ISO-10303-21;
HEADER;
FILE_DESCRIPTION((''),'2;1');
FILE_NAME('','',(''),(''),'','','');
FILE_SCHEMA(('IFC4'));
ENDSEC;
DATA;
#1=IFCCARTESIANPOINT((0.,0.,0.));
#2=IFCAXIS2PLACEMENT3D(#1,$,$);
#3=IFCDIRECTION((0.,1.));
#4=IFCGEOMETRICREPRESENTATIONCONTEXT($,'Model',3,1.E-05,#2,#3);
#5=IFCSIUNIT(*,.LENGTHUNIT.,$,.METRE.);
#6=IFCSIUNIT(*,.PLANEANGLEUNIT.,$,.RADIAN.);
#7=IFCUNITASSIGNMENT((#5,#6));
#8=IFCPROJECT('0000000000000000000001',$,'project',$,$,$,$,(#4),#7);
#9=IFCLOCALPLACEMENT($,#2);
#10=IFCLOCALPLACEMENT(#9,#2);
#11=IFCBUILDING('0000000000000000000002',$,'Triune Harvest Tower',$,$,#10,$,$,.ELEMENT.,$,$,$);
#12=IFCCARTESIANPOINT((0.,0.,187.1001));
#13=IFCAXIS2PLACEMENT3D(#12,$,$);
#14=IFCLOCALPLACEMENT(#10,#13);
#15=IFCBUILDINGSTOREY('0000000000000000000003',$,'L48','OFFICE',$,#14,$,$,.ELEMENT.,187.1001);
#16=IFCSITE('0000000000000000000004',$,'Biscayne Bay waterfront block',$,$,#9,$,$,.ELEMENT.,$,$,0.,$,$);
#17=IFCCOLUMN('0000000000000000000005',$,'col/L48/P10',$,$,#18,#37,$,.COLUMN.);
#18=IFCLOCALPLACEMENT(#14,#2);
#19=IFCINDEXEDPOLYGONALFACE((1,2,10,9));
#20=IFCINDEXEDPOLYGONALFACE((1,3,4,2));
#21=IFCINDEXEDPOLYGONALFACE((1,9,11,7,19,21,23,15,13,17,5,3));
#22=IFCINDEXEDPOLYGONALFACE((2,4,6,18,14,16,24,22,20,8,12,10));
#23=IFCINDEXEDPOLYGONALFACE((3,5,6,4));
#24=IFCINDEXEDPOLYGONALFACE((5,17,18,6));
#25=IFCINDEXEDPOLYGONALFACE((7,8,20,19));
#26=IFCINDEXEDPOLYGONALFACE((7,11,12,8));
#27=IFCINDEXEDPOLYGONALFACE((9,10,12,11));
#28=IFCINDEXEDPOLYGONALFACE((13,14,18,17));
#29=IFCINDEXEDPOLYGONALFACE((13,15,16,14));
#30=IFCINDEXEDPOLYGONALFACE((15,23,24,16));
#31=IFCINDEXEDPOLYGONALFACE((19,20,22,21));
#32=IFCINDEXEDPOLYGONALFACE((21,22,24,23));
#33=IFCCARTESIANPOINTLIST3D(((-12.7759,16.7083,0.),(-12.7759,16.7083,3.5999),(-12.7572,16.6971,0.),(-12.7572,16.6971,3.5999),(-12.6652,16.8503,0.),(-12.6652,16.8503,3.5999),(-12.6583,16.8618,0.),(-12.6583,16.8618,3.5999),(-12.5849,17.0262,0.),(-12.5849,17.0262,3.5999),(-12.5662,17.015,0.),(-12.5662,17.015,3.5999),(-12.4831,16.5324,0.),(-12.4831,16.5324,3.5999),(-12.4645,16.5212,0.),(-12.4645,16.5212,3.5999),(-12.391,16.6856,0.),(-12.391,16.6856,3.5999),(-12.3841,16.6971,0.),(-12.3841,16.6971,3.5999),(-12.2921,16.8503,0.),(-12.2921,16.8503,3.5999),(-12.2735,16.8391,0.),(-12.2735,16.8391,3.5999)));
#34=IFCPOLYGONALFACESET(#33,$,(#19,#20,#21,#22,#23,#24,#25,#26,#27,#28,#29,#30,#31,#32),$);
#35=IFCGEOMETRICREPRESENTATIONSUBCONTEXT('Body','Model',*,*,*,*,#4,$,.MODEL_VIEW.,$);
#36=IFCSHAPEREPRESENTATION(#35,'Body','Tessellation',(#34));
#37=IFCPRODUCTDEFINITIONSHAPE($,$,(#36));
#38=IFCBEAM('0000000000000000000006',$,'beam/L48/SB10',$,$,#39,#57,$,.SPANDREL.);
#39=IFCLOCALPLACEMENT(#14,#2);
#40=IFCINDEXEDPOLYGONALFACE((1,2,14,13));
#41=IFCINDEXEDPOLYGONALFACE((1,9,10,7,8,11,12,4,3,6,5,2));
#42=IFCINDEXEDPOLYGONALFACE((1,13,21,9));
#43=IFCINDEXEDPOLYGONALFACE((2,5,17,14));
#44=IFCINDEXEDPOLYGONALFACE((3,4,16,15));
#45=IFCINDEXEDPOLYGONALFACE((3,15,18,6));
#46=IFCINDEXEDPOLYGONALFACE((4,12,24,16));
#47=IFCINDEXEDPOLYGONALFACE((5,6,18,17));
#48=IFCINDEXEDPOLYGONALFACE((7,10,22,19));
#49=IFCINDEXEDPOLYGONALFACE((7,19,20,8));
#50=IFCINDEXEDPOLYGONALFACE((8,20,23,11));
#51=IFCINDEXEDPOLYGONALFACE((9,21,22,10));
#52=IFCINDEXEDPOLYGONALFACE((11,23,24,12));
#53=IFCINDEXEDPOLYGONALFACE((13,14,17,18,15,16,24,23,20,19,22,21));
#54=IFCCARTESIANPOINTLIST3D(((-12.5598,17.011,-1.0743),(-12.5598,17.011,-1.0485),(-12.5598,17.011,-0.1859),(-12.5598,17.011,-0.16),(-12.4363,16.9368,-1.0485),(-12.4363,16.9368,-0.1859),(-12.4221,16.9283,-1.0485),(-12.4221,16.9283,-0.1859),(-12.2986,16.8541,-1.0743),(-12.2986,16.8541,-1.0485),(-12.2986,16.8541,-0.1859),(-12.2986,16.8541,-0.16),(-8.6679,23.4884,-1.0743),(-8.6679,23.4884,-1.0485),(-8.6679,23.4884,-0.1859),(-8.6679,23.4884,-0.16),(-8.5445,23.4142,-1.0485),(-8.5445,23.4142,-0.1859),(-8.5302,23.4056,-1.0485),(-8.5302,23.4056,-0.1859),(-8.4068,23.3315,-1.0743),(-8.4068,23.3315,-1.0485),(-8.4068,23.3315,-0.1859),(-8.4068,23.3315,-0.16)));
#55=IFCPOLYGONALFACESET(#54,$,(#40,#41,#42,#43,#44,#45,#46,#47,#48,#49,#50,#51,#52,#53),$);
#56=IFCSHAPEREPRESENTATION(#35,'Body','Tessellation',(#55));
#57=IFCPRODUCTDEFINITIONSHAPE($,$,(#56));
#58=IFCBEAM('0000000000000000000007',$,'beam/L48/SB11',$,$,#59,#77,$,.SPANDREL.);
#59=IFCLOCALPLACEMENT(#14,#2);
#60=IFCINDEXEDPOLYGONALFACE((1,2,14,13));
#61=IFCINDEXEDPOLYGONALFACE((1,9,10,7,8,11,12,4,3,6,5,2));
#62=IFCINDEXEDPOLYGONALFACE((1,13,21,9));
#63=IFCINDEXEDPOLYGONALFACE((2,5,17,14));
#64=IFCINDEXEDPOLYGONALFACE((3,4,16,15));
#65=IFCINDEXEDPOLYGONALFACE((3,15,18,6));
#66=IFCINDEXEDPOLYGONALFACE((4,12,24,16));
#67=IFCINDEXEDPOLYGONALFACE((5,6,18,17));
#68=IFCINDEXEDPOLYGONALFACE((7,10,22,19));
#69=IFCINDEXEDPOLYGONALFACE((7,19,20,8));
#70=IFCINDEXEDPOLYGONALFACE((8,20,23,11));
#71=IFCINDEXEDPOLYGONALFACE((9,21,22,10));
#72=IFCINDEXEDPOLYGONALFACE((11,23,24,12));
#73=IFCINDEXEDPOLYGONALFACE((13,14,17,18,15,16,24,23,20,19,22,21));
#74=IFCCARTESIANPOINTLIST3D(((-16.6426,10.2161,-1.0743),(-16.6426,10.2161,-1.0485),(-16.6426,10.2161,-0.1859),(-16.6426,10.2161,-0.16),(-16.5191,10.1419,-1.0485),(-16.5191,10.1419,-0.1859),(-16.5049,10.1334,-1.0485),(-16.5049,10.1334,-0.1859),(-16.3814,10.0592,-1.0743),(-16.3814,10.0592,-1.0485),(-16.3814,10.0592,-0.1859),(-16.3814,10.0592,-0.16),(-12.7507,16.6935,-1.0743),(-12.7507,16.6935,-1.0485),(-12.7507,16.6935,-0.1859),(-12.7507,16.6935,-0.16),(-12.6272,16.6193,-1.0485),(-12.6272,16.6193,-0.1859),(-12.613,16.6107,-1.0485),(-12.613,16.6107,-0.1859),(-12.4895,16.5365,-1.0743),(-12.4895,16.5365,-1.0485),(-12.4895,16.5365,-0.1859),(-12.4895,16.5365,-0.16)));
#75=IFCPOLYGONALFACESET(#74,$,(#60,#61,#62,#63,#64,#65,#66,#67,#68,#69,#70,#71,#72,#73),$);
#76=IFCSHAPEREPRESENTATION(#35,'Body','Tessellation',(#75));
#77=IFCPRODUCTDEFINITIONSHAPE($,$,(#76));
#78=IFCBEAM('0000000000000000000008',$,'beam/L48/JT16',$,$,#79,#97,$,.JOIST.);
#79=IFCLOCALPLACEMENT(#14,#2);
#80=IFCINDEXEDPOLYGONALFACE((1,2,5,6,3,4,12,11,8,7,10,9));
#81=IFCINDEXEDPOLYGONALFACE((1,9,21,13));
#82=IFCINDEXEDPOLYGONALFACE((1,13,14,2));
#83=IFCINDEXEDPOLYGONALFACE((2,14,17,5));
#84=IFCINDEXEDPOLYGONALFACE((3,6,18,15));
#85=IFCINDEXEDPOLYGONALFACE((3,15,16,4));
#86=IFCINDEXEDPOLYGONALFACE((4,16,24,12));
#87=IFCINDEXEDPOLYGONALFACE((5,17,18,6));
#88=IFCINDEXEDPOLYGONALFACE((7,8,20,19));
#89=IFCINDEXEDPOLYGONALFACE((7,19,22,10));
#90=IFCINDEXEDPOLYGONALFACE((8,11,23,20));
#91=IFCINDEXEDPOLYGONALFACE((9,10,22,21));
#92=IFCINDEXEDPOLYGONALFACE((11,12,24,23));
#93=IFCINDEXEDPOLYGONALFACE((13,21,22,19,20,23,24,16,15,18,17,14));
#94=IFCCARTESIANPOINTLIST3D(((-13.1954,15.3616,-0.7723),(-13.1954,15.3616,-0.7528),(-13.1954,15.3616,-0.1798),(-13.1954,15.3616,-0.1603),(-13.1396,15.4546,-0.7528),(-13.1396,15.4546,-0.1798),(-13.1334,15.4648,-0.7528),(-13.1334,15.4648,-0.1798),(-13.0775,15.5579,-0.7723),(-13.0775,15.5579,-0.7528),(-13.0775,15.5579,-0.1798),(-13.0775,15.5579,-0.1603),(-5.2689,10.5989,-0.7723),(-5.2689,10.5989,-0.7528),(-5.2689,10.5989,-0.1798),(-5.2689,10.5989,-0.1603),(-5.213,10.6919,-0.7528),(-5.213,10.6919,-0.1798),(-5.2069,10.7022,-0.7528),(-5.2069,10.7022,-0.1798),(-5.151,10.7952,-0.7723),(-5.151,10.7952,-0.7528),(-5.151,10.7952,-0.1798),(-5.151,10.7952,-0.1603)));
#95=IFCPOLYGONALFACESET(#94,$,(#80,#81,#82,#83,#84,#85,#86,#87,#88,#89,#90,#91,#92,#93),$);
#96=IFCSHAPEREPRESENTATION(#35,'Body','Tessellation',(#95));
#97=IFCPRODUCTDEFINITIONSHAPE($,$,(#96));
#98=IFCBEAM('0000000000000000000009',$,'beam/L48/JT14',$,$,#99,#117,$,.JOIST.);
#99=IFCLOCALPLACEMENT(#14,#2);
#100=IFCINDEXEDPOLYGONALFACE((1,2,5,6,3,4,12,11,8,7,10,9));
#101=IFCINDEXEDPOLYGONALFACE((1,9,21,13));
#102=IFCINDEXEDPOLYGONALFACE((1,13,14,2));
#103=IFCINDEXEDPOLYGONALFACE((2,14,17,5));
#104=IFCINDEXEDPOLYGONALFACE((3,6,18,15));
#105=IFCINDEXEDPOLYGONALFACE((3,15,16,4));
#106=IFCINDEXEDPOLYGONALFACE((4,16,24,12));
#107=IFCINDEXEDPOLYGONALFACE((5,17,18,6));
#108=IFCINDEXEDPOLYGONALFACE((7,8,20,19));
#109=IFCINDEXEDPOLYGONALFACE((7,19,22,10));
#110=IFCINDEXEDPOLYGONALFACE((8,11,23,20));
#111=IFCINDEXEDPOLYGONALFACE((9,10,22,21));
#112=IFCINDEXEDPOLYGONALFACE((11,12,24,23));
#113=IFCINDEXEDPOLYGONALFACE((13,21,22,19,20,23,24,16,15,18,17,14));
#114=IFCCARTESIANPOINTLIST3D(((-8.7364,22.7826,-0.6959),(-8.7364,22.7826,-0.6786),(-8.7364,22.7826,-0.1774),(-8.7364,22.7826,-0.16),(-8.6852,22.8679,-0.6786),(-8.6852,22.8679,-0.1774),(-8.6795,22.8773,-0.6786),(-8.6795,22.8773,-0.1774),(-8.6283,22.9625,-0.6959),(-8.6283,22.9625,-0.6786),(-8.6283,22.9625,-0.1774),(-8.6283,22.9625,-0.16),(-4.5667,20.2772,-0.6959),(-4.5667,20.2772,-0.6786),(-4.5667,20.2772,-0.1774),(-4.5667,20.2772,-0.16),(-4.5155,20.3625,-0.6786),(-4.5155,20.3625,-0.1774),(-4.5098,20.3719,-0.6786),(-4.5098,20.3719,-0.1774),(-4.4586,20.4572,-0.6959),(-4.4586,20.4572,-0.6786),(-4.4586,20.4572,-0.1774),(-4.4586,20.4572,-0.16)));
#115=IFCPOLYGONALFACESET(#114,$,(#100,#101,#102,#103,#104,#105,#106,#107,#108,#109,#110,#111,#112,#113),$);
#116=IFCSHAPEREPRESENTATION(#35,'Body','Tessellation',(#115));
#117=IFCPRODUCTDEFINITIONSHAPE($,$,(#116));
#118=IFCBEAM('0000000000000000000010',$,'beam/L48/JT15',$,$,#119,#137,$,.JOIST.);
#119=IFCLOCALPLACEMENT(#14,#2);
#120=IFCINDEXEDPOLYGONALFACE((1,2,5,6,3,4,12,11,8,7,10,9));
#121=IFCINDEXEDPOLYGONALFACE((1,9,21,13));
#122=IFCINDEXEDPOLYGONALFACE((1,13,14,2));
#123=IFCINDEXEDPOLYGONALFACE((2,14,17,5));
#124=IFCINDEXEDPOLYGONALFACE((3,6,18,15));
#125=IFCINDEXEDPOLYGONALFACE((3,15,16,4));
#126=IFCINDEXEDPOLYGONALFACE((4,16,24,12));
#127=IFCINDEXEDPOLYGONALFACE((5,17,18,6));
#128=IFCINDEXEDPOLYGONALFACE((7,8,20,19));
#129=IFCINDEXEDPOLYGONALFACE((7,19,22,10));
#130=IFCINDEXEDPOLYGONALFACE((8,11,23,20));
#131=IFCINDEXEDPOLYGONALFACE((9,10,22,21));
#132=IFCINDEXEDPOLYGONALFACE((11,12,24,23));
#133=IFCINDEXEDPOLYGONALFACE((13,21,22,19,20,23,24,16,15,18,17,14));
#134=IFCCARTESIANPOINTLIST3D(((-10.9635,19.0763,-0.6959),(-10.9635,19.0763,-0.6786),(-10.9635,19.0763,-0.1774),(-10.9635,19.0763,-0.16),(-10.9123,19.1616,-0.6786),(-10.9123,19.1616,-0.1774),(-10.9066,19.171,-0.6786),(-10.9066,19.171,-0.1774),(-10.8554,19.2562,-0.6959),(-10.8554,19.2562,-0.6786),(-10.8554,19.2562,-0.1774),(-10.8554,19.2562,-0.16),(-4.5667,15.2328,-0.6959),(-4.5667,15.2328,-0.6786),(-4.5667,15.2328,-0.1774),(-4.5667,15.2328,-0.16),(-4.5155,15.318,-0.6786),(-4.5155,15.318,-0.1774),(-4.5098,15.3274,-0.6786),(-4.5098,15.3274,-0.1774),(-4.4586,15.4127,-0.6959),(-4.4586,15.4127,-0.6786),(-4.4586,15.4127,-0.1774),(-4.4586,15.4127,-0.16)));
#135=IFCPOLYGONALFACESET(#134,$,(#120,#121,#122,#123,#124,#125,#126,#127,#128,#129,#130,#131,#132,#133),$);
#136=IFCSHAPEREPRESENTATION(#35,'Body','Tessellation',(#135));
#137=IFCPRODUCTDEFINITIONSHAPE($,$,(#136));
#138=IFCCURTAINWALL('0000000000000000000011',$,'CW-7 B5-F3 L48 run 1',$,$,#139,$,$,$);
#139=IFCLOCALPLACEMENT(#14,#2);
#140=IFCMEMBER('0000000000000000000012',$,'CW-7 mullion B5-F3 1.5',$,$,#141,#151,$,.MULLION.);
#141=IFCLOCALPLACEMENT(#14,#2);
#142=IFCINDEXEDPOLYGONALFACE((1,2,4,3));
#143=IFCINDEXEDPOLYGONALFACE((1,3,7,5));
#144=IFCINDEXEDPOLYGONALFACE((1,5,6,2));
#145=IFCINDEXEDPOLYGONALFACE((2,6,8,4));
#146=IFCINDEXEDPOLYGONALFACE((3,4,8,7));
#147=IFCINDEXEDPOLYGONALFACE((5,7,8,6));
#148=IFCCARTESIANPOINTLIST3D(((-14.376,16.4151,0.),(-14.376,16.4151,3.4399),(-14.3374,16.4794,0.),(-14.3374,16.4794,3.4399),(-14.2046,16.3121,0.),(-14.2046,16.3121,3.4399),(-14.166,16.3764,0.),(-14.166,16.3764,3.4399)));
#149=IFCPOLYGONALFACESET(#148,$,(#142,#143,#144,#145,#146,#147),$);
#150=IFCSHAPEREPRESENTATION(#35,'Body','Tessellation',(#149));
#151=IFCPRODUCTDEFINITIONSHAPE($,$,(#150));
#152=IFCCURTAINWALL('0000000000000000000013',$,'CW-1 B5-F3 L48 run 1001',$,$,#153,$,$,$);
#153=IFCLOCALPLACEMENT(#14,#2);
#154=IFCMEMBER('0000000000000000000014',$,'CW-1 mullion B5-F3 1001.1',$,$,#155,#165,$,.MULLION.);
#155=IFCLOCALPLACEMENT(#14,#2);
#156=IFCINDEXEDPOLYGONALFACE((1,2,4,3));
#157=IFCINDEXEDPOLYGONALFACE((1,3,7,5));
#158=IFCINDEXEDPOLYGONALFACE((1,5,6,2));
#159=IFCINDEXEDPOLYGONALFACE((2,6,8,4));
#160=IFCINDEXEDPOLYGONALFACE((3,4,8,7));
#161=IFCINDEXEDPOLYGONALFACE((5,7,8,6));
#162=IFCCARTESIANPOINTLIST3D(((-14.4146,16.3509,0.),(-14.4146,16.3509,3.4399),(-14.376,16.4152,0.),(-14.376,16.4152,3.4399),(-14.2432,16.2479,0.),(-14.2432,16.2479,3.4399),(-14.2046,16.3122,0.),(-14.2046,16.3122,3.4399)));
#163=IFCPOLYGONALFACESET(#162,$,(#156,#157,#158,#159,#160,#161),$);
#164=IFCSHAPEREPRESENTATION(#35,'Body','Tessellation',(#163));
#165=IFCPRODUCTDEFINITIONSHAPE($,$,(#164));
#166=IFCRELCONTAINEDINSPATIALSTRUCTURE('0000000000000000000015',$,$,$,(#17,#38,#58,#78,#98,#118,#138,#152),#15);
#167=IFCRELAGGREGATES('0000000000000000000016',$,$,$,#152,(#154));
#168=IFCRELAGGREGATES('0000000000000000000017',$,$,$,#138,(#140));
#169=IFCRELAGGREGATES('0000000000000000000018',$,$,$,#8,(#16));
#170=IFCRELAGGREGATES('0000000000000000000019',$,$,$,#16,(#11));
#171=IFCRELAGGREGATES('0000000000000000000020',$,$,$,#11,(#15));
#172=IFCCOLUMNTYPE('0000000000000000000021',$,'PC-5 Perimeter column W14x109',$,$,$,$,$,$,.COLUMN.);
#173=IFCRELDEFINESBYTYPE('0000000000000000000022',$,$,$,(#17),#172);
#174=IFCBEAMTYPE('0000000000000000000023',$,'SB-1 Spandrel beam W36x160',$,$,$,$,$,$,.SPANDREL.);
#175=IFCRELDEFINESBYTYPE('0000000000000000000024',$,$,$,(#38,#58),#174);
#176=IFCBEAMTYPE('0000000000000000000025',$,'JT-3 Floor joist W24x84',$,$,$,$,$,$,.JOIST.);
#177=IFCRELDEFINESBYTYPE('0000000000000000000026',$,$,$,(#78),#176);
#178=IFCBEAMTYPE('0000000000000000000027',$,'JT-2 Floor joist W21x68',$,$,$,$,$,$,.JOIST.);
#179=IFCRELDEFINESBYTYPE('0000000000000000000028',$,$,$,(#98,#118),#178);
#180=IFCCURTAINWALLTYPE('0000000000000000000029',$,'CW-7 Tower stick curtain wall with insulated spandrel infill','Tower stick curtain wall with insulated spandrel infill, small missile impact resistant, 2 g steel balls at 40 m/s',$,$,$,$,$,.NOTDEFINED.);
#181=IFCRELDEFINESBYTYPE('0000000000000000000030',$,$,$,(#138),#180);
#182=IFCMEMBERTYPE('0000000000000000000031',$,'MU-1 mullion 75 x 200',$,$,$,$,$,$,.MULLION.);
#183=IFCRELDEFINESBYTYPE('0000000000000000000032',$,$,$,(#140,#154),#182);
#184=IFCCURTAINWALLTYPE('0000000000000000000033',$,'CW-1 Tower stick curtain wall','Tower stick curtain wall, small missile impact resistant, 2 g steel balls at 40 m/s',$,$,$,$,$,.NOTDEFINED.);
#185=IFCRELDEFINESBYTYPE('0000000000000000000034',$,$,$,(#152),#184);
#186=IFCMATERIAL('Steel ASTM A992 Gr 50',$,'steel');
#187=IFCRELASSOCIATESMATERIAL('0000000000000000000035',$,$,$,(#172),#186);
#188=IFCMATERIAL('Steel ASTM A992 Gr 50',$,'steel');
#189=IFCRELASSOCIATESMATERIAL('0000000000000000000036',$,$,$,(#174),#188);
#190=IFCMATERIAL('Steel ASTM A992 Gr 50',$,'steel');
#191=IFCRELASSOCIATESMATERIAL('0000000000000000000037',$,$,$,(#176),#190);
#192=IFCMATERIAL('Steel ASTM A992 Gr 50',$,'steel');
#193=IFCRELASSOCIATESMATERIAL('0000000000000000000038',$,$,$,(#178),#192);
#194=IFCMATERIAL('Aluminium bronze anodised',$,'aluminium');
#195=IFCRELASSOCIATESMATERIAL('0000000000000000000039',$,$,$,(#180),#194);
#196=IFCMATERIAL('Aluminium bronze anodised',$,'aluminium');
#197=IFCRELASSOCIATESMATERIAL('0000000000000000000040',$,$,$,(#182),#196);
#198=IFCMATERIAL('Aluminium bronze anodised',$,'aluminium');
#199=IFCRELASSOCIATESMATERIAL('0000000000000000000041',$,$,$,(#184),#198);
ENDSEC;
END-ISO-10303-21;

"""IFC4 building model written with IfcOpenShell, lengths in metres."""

from ifc_helpers import new_model, si_unit, direction, frame, origin, origin_2d, place, context, subcontext, project, spatial, rectangle, i_section, extrude, source, transform, mapped, material, material_profile, profile_set, type_object, element, aggregate, save


model = new_model("IFC4")

# Units and contexts
model_context = context("Model", 3, precision=1e-05, world=origin(), true_north=direction((0.0, 1.0)))
body_context = subcontext(model_context, "Body", "Model", "MODEL_VIEW")
ifc_project = project(units=[si_unit("LENGTHUNIT", "METRE"), si_unit("PLANEANGLEUNIT", "RADIAN")], contexts=[model_context])

# Site, building, storey
site_placement = place(None, origin())
site = spatial("IfcSite", under=ifc_project, at=site_placement, Name="Biscayne Bay waterfront block", CompositionType="ELEMENT", RefElevation=0.0)
building_placement = place(site_placement, origin())
building = spatial("IfcBuilding", under=site, at=building_placement, Name="Triune Harvest Tower", CompositionType="ELEMENT")
storey_placement = place(building_placement, frame((0.0, 0.0, 187.1001)))
storey = spatial("IfcBuildingStorey", under=building, at=storey_placement, Name="L48", Description="OFFICE", CompositionType="ELEMENT", Elevation=187.1001)

# Column
ifc_material_1 = material(Name="Steel ASTM A992 Gr 50", Category="steel")
ifc_material_profile_1 = material_profile(ifc_material_1, i_section(OverallWidth=0.3708, OverallDepth=0.3633, WebThickness=0.0134, FlangeThickness=0.0217, at=origin_2d()), Name="W14x109")
ifc_profile_set_1 = profile_set([ifc_material_profile_1], Name="Steel ASTM A992 Gr 50")
column_type = type_object("IfcColumnType", Name="PC-5 Perimeter column W14x109", PredefinedType="COLUMN", material=ifc_profile_set_1)
shared_shape_1 = source(origin(), body_context, "Body", "SweptSolid", [
    extrude(i_section(OverallWidth=0.3708, OverallDepth=0.3633, WebThickness=0.0134, FlangeThickness=0.0217, at=origin_2d()), origin(), (0.0, 0.0, 1.0), 3.5999),
])
column_placement = place(storey_placement, frame((-12.5247, 16.7737, 0.0), z_axis=(0.0, 0.0, 1.0), x_axis=(-0.515037, -0.857168, 0.0)))
element("IfcColumn", 1, at=column_placement, inside=storey, type_object=column_type, Name="col/L48/P10", PredefinedType="COLUMN", context=body_context, shape_type="MappedRepresentation", body=[
    mapped(shared_shape_1, transform((0.0, 0.0, 0.0), scale=1.0)),
])

# Beams
ifc_material_2 = material(Name="Steel ASTM A992 Gr 50", Category="steel")
ifc_material_profile_2 = material_profile(ifc_material_2, i_section(OverallWidth=0.3047, OverallDepth=0.9143, WebThickness=0.0166, FlangeThickness=0.0259, at=origin_2d()), Name="W36x160")
ifc_profile_set_2 = profile_set([ifc_material_profile_2], Name="Steel ASTM A992 Gr 50")
beam_type_1 = type_object("IfcBeamType", Name="SB-1 Spandrel beam W36x160", PredefinedType="SPANDREL", material=ifc_profile_set_2)
shared_shape_2 = source(origin(), body_context, "Body", "SweptSolid", [
    extrude(i_section(OverallWidth=0.3047, OverallDepth=0.9143, WebThickness=0.0166, FlangeThickness=0.0259, at=origin_2d()), origin(), (0.0, 0.0, 1.0), 7.5566),
])
for number, where, z_axis, x_axis, name in (
    (2, (-8.5374, 23.4099, -0.6172), (-0.515028, -0.857173, 0.0), (0.857173, -0.515028, 0.0), "beam/L48/SB10"),
    (3, (-12.6201, 16.615, -0.6172), (-0.515028, -0.857173, 0.0), (0.857173, -0.515028, 0.0), "beam/L48/SB11"),
):
    element("IfcBeam", number, at=place(storey_placement, frame(where, z_axis=z_axis, x_axis=x_axis)), inside=storey, type_object=beam_type_1, Name=name, PredefinedType="SPANDREL", context=body_context, shape_type="MappedRepresentation", body=[
        mapped(shared_shape_2, transform((0.0, 0.0, 0.0), scale=1.0)),
    ])
ifc_material_3 = material(Name="Steel ASTM A992 Gr 50", Category="steel")
ifc_material_profile_3 = material_profile(ifc_material_3, i_section(OverallWidth=0.229, OverallDepth=0.6121, WebThickness=0.012, FlangeThickness=0.0195, at=origin_2d()), Name="W24x84")
ifc_profile_set_3 = profile_set([ifc_material_profile_3], Name="Steel ASTM A992 Gr 50")
beam_type_2 = type_object("IfcBeamType", Name="JT-3 Floor joist W24x84", PredefinedType="JOIST", material=ifc_profile_set_3)
shared_shape_3 = source(origin(), body_context, "Body", "SweptSolid", [
    extrude(i_section(OverallWidth=0.229, OverallDepth=0.6121, WebThickness=0.012, FlangeThickness=0.0195, at=origin_2d()), origin(), (0.0, 0.0, 1.0), 9.2473),
])
beam_1_placement = place(storey_placement, frame((-13.1365, 15.4597, -0.4663), z_axis=(0.857169, -0.515035, 0.0), x_axis=(0.515035, 0.857169, 0.0)))
element("IfcBeam", 4, at=beam_1_placement, inside=storey, type_object=beam_type_2, Name="beam/L48/JT16", PredefinedType="JOIST", context=body_context, shape_type="MappedRepresentation", body=[
    mapped(shared_shape_3, transform((0.0, 0.0, 0.0), scale=1.0)),
])
ifc_material_4 = material(Name="Steel ASTM A992 Gr 50", Category="steel")
ifc_material_profile_4 = material_profile(ifc_material_4, i_section(OverallWidth=0.21, OverallDepth=0.5359, WebThickness=0.011, FlangeThickness=0.0173, at=origin_2d()), Name="W21x68")
ifc_profile_set_4 = profile_set([ifc_material_profile_4], Name="Steel ASTM A992 Gr 50")
beam_type_3 = type_object("IfcBeamType", Name="JT-2 Floor joist W21x68", PredefinedType="JOIST", material=ifc_profile_set_4)
shared_shape_4 = source(origin(), body_context, "Body", "SweptSolid", [
    extrude(i_section(OverallWidth=0.21, OverallDepth=0.5359, WebThickness=0.011, FlangeThickness=0.0173, at=origin_2d()), origin(), (0.0, 0.0, 1.0), 4.8645),
])
beam_2_placement = place(storey_placement, frame((-8.6824, 22.8726, -0.428), z_axis=(0.857169, -0.515034, 0.0), x_axis=(0.515034, 0.857169, 0.0)))
element("IfcBeam", 5, at=beam_2_placement, inside=storey, type_object=beam_type_3, Name="beam/L48/JT14", PredefinedType="JOIST", context=body_context, shape_type="MappedRepresentation", body=[
    mapped(shared_shape_4, transform((0.0, 0.0, 0.0), scale=1.0)),
])
shared_shape_5 = source(origin(), body_context, "Body", "SweptSolid", [
    extrude(i_section(OverallWidth=0.21, OverallDepth=0.5359, WebThickness=0.011, FlangeThickness=0.0173, at=origin_2d()), origin(), (0.0, 0.0, 1.0), 7.4626),
])
beam_3_placement = place(storey_placement, frame((-10.9094, 19.1663, -0.428), z_axis=(0.857169, -0.515034, 0.0), x_axis=(0.515034, 0.857169, 0.0)))
element("IfcBeam", 6, at=beam_3_placement, inside=storey, type_object=beam_type_3, Name="beam/L48/JT15", PredefinedType="JOIST", context=body_context, shape_type="MappedRepresentation", body=[
    mapped(shared_shape_5, transform((0.0, 0.0, 0.0), scale=1.0)),
])

# Curtain wall, member
ifc_material_5 = material(Name="Aluminium bronze anodised", Category="aluminium")
curtain_wall_type_1 = type_object("IfcCurtainWallType", Name="CW-7 Tower stick curtain wall with insulated spandrel infill", Description="Tower stick curtain wall with insulated spandrel infill, small missile impact resistant, 2 g steel balls at 40 m/s", PredefinedType="NOTDEFINED", material=ifc_material_5)
curtain_wall_1_placement = place(storey_placement, origin())
curtain_wall_1 = element("IfcCurtainWall", 7, at=curtain_wall_1_placement, inside=storey, type_object=curtain_wall_type_1, Name="CW-7 B5-F3 L48 run 1")
ifc_material_6 = material(Name="Aluminium bronze anodised", Category="aluminium")
ifc_material_profile_5 = material_profile(ifc_material_6, rectangle(XDim=0.2, YDim=0.075, at=origin_2d()), Name="MU-1 mullion 75 x 200")
ifc_profile_set_5 = profile_set([ifc_material_profile_5], Name="Aluminium bronze anodised")
member_type_1 = type_object("IfcMemberType", Name="MU-1 mullion 75 x 200", PredefinedType="MULLION", material=ifc_profile_set_5)
shared_shape_6 = source(origin(), body_context, "Body", "SweptSolid", [
    extrude(rectangle(XDim=0.2, YDim=0.075, at=origin_2d()), origin(), (0.0, 0.0, 1.0), 3.4399),
])
member_1_placement = place(storey_placement, frame((-14.271, 16.3958, 0.0), z_axis=(0.0, 0.0, 1.0), x_axis=(0.857167, -0.515039, 0.0)))
member_1 = element("IfcMember", 8, at=member_1_placement, type_object=member_type_1, Name="CW-7 mullion B5-F3 1.5", PredefinedType="MULLION", context=body_context, shape_type="MappedRepresentation", body=[
    mapped(shared_shape_6, transform((0.0, 0.0, 0.0), scale=1.0)),
])

# Curtain wall, member
ifc_material_7 = material(Name="Aluminium bronze anodised", Category="aluminium")
curtain_wall_type_2 = type_object("IfcCurtainWallType", Name="CW-1 Tower stick curtain wall", Description="Tower stick curtain wall, small missile impact resistant, 2 g steel balls at 40 m/s", PredefinedType="NOTDEFINED", material=ifc_material_7)
curtain_wall_2_placement = place(storey_placement, origin())
curtain_wall_2 = element("IfcCurtainWall", 9, at=curtain_wall_2_placement, inside=storey, type_object=curtain_wall_type_2, Name="CW-1 B5-F3 L48 run 1001")
member_2_placement = place(storey_placement, frame((-14.3096, 16.3315, 0.0), z_axis=(0.0, 0.0, 1.0), x_axis=(0.857172, -0.515031, 0.0)))
member_2 = element("IfcMember", 10, at=member_2_placement, type_object=member_type_1, Name="CW-1 mullion B5-F3 1001.1", PredefinedType="MULLION", context=body_context, shape_type="MappedRepresentation", body=[
    mapped(shared_shape_6, transform((0.0, 0.0, 0.0), scale=1.0)),
])

aggregate(curtain_wall_2, [member_2])
aggregate(curtain_wall_1, [member_1])

save(model, "model.ifc")
